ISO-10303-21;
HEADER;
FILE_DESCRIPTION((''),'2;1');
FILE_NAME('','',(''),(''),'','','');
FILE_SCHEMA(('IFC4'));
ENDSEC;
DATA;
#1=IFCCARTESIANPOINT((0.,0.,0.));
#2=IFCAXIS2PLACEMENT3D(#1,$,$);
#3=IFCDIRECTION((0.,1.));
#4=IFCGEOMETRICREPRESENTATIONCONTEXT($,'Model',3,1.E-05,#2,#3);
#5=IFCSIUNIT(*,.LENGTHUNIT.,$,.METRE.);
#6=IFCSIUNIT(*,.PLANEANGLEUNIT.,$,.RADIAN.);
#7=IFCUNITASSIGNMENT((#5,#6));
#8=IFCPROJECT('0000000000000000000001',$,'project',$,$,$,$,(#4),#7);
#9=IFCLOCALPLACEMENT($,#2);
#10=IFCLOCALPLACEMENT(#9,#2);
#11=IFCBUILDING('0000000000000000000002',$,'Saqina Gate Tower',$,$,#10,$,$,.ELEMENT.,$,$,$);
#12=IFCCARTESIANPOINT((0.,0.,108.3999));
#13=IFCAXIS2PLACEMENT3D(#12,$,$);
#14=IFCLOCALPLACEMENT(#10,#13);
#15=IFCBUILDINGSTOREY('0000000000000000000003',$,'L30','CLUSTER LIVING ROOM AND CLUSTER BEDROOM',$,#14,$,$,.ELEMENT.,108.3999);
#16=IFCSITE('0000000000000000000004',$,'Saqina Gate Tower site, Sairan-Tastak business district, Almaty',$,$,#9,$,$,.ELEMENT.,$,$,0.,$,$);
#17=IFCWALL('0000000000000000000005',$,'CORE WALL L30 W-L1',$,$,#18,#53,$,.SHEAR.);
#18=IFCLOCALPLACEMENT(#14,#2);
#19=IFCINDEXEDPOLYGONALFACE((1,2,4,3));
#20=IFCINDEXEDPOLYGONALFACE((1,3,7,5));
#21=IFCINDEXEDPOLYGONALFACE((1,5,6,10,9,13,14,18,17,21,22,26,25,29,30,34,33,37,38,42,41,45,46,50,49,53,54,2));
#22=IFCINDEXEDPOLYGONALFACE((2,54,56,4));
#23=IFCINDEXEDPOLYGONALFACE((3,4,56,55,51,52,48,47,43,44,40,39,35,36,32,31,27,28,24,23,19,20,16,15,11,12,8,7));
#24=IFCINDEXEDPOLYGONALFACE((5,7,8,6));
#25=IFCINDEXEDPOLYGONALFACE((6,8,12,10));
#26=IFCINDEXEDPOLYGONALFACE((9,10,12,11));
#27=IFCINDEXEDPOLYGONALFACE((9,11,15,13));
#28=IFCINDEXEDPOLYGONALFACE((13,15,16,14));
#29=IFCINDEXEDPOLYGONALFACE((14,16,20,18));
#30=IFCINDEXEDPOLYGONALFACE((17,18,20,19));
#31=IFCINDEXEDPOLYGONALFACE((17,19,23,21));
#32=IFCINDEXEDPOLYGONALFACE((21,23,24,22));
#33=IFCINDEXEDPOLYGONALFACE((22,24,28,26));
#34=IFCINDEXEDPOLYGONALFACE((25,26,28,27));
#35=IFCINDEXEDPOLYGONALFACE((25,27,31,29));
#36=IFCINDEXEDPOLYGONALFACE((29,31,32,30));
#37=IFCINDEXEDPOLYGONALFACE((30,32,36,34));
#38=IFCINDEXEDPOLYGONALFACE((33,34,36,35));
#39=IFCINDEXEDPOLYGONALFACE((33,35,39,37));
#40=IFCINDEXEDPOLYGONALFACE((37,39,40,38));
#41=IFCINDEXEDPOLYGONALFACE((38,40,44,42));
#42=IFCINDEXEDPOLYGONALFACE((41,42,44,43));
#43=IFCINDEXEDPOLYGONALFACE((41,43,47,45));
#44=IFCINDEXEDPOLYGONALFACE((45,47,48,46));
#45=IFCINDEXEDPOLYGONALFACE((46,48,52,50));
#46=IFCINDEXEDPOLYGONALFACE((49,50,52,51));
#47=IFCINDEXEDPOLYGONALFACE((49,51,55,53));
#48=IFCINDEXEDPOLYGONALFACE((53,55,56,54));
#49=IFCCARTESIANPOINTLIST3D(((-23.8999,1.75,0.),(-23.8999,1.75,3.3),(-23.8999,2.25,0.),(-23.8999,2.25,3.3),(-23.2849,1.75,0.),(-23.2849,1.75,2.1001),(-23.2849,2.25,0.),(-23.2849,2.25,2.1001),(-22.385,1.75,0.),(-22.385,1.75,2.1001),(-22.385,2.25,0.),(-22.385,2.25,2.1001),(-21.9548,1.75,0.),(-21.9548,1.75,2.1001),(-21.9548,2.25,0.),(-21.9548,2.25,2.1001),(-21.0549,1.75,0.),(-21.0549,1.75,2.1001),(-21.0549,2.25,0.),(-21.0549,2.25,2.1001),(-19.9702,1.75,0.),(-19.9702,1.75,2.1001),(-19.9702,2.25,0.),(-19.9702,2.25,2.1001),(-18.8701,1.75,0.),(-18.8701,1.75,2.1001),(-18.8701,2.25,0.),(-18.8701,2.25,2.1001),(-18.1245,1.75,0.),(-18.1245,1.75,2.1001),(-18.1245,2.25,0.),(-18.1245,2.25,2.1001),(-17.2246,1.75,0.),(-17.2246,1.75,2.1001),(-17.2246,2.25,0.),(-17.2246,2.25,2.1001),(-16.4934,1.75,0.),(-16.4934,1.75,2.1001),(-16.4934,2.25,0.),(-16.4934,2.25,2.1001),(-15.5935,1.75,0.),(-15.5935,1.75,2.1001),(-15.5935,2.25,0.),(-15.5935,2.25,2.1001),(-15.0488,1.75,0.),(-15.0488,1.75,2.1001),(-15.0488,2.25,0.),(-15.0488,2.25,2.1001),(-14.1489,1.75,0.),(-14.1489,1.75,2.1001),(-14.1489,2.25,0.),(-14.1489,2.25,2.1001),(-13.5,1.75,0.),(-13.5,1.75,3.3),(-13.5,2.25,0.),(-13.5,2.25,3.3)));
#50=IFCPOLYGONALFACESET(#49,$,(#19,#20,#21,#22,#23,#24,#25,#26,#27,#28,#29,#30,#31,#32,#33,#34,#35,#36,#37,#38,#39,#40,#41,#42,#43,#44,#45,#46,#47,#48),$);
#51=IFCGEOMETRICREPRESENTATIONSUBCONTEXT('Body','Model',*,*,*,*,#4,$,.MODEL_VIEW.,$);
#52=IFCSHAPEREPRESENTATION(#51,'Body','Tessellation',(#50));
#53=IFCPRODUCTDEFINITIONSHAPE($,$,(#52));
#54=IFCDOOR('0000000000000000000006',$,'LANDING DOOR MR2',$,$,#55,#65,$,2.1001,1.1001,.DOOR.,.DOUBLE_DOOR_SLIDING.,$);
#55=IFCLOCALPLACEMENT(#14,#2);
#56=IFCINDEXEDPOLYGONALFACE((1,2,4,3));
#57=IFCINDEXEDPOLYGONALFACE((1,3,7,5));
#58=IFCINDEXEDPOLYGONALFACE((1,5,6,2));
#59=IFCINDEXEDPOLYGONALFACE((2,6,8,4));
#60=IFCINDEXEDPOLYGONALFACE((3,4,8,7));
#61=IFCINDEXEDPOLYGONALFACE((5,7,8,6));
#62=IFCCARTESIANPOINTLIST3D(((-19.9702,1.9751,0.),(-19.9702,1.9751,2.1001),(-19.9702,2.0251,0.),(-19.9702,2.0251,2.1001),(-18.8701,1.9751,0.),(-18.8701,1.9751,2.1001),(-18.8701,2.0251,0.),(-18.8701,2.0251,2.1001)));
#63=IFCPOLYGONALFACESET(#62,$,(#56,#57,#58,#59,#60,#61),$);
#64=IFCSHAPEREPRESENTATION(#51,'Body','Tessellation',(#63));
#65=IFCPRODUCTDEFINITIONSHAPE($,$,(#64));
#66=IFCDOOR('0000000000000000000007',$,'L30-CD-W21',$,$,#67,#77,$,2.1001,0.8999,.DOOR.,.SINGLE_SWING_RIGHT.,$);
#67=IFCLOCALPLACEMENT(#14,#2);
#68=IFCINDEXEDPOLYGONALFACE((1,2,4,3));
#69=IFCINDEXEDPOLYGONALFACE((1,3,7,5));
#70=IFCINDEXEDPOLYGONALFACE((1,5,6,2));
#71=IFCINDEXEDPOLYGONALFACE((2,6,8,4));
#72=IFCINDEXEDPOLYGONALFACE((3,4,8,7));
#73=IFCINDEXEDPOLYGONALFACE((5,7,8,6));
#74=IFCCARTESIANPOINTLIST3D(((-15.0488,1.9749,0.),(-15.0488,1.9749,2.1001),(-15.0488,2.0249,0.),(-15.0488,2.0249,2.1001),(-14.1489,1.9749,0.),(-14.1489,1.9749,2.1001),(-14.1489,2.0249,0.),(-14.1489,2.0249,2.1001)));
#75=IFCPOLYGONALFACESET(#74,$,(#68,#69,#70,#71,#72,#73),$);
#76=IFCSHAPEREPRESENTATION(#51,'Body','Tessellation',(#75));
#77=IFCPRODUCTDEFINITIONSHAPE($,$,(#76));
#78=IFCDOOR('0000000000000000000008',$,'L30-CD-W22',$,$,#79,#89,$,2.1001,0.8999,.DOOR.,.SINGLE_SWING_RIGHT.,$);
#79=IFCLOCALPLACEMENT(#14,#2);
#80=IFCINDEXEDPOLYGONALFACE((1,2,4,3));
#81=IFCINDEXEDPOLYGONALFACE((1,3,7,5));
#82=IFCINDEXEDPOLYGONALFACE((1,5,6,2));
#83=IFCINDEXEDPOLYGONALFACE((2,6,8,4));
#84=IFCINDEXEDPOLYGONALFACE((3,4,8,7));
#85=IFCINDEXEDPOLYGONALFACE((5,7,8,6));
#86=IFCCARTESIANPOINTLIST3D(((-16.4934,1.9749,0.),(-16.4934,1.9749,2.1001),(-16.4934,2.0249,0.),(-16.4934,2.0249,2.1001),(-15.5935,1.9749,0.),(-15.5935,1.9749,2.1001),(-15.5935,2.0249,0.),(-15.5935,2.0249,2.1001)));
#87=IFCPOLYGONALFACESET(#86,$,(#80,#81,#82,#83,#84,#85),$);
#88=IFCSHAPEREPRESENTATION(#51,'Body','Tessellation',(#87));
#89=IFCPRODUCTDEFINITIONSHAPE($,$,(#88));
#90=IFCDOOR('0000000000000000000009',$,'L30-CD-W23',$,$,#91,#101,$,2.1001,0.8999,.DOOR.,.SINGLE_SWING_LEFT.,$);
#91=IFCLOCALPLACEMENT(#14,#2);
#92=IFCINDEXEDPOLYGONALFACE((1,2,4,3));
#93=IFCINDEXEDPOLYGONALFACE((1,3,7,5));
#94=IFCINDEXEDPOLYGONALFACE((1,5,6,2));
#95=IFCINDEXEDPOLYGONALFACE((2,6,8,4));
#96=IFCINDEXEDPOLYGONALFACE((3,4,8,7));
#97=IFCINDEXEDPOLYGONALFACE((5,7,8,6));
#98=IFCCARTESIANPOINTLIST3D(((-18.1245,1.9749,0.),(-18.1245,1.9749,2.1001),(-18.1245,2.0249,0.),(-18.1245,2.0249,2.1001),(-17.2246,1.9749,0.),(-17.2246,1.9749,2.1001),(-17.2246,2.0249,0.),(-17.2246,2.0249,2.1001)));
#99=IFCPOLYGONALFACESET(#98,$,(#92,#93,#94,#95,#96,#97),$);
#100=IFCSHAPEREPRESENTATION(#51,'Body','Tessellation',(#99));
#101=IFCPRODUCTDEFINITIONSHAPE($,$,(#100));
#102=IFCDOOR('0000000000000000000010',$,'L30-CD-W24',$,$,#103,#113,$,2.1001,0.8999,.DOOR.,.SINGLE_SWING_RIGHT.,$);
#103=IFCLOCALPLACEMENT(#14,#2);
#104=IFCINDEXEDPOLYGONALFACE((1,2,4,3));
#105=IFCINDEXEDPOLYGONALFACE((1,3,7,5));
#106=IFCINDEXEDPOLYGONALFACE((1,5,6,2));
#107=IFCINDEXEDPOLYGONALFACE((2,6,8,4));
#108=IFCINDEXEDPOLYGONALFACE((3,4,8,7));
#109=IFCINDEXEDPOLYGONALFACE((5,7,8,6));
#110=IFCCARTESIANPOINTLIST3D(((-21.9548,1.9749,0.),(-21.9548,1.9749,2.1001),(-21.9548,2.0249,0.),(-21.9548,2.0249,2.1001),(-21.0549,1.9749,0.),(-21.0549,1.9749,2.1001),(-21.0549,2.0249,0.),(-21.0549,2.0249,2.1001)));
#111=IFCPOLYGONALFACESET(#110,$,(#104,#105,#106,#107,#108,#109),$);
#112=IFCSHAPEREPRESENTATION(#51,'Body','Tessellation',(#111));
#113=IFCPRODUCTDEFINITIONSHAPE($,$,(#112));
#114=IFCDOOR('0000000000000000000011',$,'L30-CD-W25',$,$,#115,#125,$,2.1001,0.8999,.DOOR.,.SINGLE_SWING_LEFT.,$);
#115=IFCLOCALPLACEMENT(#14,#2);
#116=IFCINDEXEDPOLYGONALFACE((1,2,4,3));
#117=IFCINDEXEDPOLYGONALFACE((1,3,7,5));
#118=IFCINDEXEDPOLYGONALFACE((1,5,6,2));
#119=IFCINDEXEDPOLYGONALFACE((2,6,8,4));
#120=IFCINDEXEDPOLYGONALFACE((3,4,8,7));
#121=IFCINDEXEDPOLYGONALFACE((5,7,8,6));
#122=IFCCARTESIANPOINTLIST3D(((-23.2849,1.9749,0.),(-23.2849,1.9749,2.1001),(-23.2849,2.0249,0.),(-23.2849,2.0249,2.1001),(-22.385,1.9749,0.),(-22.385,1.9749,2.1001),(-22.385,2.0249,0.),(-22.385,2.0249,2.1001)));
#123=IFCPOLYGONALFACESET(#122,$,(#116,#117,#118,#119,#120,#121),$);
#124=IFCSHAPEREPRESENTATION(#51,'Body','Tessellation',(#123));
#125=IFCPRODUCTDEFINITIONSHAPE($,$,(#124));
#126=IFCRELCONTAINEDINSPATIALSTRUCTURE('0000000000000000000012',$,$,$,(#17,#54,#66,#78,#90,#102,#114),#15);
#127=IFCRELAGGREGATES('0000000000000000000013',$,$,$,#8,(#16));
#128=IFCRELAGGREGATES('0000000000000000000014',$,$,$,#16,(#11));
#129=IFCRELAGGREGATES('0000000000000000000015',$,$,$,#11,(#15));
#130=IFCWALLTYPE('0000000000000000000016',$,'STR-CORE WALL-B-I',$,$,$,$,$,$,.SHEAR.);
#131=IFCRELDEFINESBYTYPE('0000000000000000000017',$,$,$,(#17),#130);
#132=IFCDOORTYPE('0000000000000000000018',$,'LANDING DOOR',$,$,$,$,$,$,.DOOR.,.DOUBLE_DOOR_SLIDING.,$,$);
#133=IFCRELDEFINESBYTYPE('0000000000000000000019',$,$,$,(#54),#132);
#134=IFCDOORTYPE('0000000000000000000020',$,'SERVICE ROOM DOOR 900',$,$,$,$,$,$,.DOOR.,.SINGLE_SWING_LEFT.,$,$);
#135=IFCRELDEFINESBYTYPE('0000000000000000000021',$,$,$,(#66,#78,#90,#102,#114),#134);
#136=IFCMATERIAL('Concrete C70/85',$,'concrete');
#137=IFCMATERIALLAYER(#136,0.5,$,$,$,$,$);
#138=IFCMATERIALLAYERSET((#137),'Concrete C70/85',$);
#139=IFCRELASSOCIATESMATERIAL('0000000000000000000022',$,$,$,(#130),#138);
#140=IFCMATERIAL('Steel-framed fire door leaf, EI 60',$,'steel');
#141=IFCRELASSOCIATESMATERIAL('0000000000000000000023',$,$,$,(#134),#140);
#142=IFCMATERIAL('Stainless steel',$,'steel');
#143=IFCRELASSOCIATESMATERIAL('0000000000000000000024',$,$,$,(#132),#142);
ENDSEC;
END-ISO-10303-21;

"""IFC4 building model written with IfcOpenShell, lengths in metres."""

from ifc_helpers import new_model, si_unit, direction, frame, frame_2d, origin, place, context, subcontext, project, spatial, rectangle, extrude, material, layer, layer_set, type_object, element, fill, save


model = new_model("IFC4")

# Units and contexts
model_context = context("Model", 3, precision=1e-05, world=origin(), true_north=direction((0.0, 1.0)))
body_context = subcontext(model_context, "Body", "Model", "MODEL_VIEW")
ifc_project = project(units=[si_unit("LENGTHUNIT", "METRE"), si_unit("PLANEANGLEUNIT", "RADIAN")], contexts=[model_context])

# Site, building, storey
site_placement = place(None, origin())
site = spatial("IfcSite", under=ifc_project, at=site_placement, Name="Saqina Gate Tower site, Sairan-Tastak business district, Almaty", CompositionType="ELEMENT", RefElevation=0.0)
building_placement = place(site_placement, origin())
building = spatial("IfcBuilding", under=site, at=building_placement, Name="Saqina Gate Tower", CompositionType="ELEMENT")
storey_placement = place(building_placement, frame((0.0, 0.0, 108.3999)))
storey = spatial("IfcBuildingStorey", under=building, at=storey_placement, Name="L30", Description="CLUSTER LIVING ROOM AND CLUSTER BEDROOM", CompositionType="ELEMENT", Elevation=108.3999)

# Shared definitions
ifc_material_1 = material(Name="Concrete C70/85", Category="concrete")
ifc_layer_1 = layer(ifc_material_1, 0.5)
ifc_layer_set_1 = layer_set([ifc_layer_1], Name="Concrete C70/85")
wall_type_1 = type_object("IfcWallType", Name="STR-CORE WALL-B-I", PredefinedType="SHEAR", material=ifc_layer_set_1)
ifc_material_2 = material(Name="Steel-framed fire door leaf, EI 60", Category="steel")
door_type_1 = type_object("IfcDoorType", Name="SERVICE ROOM DOOR 900", OperationType="SINGLE_SWING_LEFT", PredefinedType="DOOR", material=ifc_material_2)

# Wall, openings, doors
wall_1_placement = place(storey_placement, frame((-13.5, 2.0, 0.0), z_axis=(0.0, 0.0, 1.0), x_axis=(-1.0, 0.0, 0.0)))
wall_1 = element("IfcWall", 1, at=wall_1_placement, inside=storey, type_object=wall_type_1, Name="CORE WALL L30 W-L1", PredefinedType="SHEAR", context=body_context, shape_type="SweptSolid", body=[
    extrude(rectangle(XDim=10.3999, YDim=0.5, at=frame_2d((5.2, 0.0))), origin(), (0.0, 0.0, 1.0), 3.3),
])
opening_1_placement = place(wall_1_placement, frame((5.3701, 0.0, 0.0)))
opening_1 = element("IfcOpeningElement", 2, at=opening_1_placement, cuts=wall_1, PredefinedType="OPENING", context=body_context, shape_type="SweptSolid", body=[
    extrude(rectangle(XDim=1.1001, YDim=2.1001, at=frame_2d((0.55, 1.05))), frame((0.0, 0.262, 0.0), z_axis=(0.0, -1.0, 0.0), x_axis=(1.0, 0.0, 0.0)), (0.0, 0.0, 1.0), 0.5239),
])
opening_2_placement = place(wall_1_placement, frame((0.6489, 0.0, 0.0)))
opening_2 = element("IfcOpeningElement", 3, at=opening_2_placement, cuts=wall_1, PredefinedType="OPENING", context=body_context, shape_type="SweptSolid", body=[
    extrude(rectangle(XDim=0.8999, YDim=2.1001, at=frame_2d((0.45, 1.05))), frame((0.0, 0.262, 0.0), z_axis=(0.0, -1.0, 0.0), x_axis=(1.0, 0.0, 0.0)), (0.0, 0.0, 1.0), 0.5239),
])
opening_3_placement = place(wall_1_placement, frame((2.0935, 0.0, 0.0)))
opening_3 = element("IfcOpeningElement", 4, at=opening_3_placement, cuts=wall_1, PredefinedType="OPENING", context=body_context, shape_type="SweptSolid", body=[
    extrude(rectangle(XDim=0.8999, YDim=2.1001, at=frame_2d((0.45, 1.05))), frame((0.0, 0.262, 0.0), z_axis=(0.0, -1.0, 0.0), x_axis=(1.0, 0.0, 0.0)), (0.0, 0.0, 1.0), 0.5239),
])
opening_4_placement = place(wall_1_placement, frame((3.7246, 0.0, 0.0)))
opening_4 = element("IfcOpeningElement", 5, at=opening_4_placement, cuts=wall_1, PredefinedType="OPENING", context=body_context, shape_type="SweptSolid", body=[
    extrude(rectangle(XDim=0.8999, YDim=2.1001, at=frame_2d((0.45, 1.05))), frame((0.0, 0.262, 0.0), z_axis=(0.0, -1.0, 0.0), x_axis=(1.0, 0.0, 0.0)), (0.0, 0.0, 1.0), 0.5239),
])
opening_5_placement = place(wall_1_placement, frame((7.5549, 0.0, 0.0)))
opening_5 = element("IfcOpeningElement", 6, at=opening_5_placement, cuts=wall_1, PredefinedType="OPENING", context=body_context, shape_type="SweptSolid", body=[
    extrude(rectangle(XDim=0.8999, YDim=2.1001, at=frame_2d((0.45, 1.05))), frame((0.0, 0.262, 0.0), z_axis=(0.0, -1.0, 0.0), x_axis=(1.0, 0.0, 0.0)), (0.0, 0.0, 1.0), 0.5239),
])
opening_6_placement = place(wall_1_placement, frame((8.885, 0.0, 0.0)))
opening_6 = element("IfcOpeningElement", 7, at=opening_6_placement, cuts=wall_1, PredefinedType="OPENING", context=body_context, shape_type="SweptSolid", body=[
    extrude(rectangle(XDim=0.8999, YDim=2.1001, at=frame_2d((0.45, 1.05))), frame((0.0, 0.262, 0.0), z_axis=(0.0, -1.0, 0.0), x_axis=(1.0, 0.0, 0.0)), (0.0, 0.0, 1.0), 0.5239),
])
ifc_material_3 = material(Name="Stainless steel", Category="steel")
door_type_2 = type_object("IfcDoorType", Name="LANDING DOOR", OperationType="DOUBLE_DOOR_SLIDING", PredefinedType="DOOR", material=ifc_material_3)
door_1_placement = place(opening_1_placement, origin())
door_1 = element("IfcDoor", 8, at=door_1_placement, inside=storey, type_object=door_type_2, Name="LANDING DOOR MR2", OperationType="DOUBLE_DOOR_SLIDING", OverallHeight=2.1001, OverallWidth=1.1001, PredefinedType="DOOR", context=body_context, shape_type="SweptSolid", body=[
    extrude(rectangle(XDim=1.1001, YDim=2.1001, at=frame_2d((0.55, 1.05))), frame((0.0, 0.0249, 0.0), z_axis=(0.0, -1.0, 0.0), x_axis=(1.0, 0.0, 0.0)), (0.0, 0.0, 1.0), 0.05),
])
fill(opening_1, door_1)
door_2_placement = place(opening_2_placement, frame((0.8999, 0.0, 0.0), z_axis=(0.0, 0.0, 1.0), x_axis=(-1.0, 0.0, 0.0)))
door_2 = element("IfcDoor", 9, at=door_2_placement, inside=storey, type_object=door_type_1, Name="L30-CD-W21", OperationType="SINGLE_SWING_RIGHT", OverallHeight=2.1001, OverallWidth=0.8999, PredefinedType="DOOR", context=body_context, shape_type="SweptSolid", body=[
    extrude(rectangle(XDim=0.8999, YDim=2.1001, at=frame_2d((0.45, 1.05))), frame((0.0, 0.0249, 0.0), z_axis=(0.0, -1.0, 0.0), x_axis=(1.0, 0.0, 0.0)), (0.0, 0.0, 1.0), 0.05),
])
fill(opening_2, door_2)
door_3_placement = place(opening_3_placement, frame((0.8999, 0.0, 0.0), z_axis=(0.0, 0.0, 1.0), x_axis=(-1.0, 0.0, 0.0)))
door_3 = element("IfcDoor", 10, at=door_3_placement, inside=storey, type_object=door_type_1, Name="L30-CD-W22", OperationType="SINGLE_SWING_RIGHT", OverallHeight=2.1001, OverallWidth=0.8999, PredefinedType="DOOR", context=body_context, shape_type="SweptSolid", body=[
    extrude(rectangle(XDim=0.8999, YDim=2.1001, at=frame_2d((0.45, 1.05))), frame((0.0, 0.0249, 0.0), z_axis=(0.0, -1.0, 0.0), x_axis=(1.0, 0.0, 0.0)), (0.0, 0.0, 1.0), 0.05),
])
fill(opening_3, door_3)
door_4_placement = place(opening_4_placement, frame((0.8999, 0.0, 0.0), z_axis=(0.0, 0.0, 1.0), x_axis=(-1.0, 0.0, 0.0)))
door_4 = element("IfcDoor", 11, at=door_4_placement, inside=storey, type_object=door_type_1, Name="L30-CD-W23", OperationType="SINGLE_SWING_LEFT", OverallHeight=2.1001, OverallWidth=0.8999, PredefinedType="DOOR", context=body_context, shape_type="SweptSolid", body=[
    extrude(rectangle(XDim=0.8999, YDim=2.1001, at=frame_2d((0.45, 1.05))), frame((0.0, 0.0249, 0.0), z_axis=(0.0, -1.0, 0.0), x_axis=(1.0, 0.0, 0.0)), (0.0, 0.0, 1.0), 0.05),
])
fill(opening_4, door_4)
door_5_placement = place(opening_5_placement, frame((0.8999, 0.0, 0.0), z_axis=(0.0, 0.0, 1.0), x_axis=(-1.0, 0.0, 0.0)))
door_5 = element("IfcDoor", 12, at=door_5_placement, inside=storey, type_object=door_type_1, Name="L30-CD-W24", OperationType="SINGLE_SWING_RIGHT", OverallHeight=2.1001, OverallWidth=0.8999, PredefinedType="DOOR", context=body_context, shape_type="SweptSolid", body=[
    extrude(rectangle(XDim=0.8999, YDim=2.1001, at=frame_2d((0.45, 1.05))), frame((0.0, 0.0249, 0.0), z_axis=(0.0, -1.0, 0.0), x_axis=(1.0, 0.0, 0.0)), (0.0, 0.0, 1.0), 0.05),
])
fill(opening_5, door_5)
door_6_placement = place(opening_6_placement, frame((0.8999, 0.0, 0.0), z_axis=(0.0, 0.0, 1.0), x_axis=(-1.0, 0.0, 0.0)))
door_6 = element("IfcDoor", 13, at=door_6_placement, inside=storey, type_object=door_type_1, Name="L30-CD-W25", OperationType="SINGLE_SWING_LEFT", OverallHeight=2.1001, OverallWidth=0.8999, PredefinedType="DOOR", context=body_context, shape_type="SweptSolid", body=[
    extrude(rectangle(XDim=0.8999, YDim=2.1001, at=frame_2d((0.45, 1.05))), frame((0.0, 0.0249, 0.0), z_axis=(0.0, -1.0, 0.0), x_axis=(1.0, 0.0, 0.0)), (0.0, 0.0, 1.0), 0.05),
])
fill(opening_6, door_6)

save(model, "model.ifc")
